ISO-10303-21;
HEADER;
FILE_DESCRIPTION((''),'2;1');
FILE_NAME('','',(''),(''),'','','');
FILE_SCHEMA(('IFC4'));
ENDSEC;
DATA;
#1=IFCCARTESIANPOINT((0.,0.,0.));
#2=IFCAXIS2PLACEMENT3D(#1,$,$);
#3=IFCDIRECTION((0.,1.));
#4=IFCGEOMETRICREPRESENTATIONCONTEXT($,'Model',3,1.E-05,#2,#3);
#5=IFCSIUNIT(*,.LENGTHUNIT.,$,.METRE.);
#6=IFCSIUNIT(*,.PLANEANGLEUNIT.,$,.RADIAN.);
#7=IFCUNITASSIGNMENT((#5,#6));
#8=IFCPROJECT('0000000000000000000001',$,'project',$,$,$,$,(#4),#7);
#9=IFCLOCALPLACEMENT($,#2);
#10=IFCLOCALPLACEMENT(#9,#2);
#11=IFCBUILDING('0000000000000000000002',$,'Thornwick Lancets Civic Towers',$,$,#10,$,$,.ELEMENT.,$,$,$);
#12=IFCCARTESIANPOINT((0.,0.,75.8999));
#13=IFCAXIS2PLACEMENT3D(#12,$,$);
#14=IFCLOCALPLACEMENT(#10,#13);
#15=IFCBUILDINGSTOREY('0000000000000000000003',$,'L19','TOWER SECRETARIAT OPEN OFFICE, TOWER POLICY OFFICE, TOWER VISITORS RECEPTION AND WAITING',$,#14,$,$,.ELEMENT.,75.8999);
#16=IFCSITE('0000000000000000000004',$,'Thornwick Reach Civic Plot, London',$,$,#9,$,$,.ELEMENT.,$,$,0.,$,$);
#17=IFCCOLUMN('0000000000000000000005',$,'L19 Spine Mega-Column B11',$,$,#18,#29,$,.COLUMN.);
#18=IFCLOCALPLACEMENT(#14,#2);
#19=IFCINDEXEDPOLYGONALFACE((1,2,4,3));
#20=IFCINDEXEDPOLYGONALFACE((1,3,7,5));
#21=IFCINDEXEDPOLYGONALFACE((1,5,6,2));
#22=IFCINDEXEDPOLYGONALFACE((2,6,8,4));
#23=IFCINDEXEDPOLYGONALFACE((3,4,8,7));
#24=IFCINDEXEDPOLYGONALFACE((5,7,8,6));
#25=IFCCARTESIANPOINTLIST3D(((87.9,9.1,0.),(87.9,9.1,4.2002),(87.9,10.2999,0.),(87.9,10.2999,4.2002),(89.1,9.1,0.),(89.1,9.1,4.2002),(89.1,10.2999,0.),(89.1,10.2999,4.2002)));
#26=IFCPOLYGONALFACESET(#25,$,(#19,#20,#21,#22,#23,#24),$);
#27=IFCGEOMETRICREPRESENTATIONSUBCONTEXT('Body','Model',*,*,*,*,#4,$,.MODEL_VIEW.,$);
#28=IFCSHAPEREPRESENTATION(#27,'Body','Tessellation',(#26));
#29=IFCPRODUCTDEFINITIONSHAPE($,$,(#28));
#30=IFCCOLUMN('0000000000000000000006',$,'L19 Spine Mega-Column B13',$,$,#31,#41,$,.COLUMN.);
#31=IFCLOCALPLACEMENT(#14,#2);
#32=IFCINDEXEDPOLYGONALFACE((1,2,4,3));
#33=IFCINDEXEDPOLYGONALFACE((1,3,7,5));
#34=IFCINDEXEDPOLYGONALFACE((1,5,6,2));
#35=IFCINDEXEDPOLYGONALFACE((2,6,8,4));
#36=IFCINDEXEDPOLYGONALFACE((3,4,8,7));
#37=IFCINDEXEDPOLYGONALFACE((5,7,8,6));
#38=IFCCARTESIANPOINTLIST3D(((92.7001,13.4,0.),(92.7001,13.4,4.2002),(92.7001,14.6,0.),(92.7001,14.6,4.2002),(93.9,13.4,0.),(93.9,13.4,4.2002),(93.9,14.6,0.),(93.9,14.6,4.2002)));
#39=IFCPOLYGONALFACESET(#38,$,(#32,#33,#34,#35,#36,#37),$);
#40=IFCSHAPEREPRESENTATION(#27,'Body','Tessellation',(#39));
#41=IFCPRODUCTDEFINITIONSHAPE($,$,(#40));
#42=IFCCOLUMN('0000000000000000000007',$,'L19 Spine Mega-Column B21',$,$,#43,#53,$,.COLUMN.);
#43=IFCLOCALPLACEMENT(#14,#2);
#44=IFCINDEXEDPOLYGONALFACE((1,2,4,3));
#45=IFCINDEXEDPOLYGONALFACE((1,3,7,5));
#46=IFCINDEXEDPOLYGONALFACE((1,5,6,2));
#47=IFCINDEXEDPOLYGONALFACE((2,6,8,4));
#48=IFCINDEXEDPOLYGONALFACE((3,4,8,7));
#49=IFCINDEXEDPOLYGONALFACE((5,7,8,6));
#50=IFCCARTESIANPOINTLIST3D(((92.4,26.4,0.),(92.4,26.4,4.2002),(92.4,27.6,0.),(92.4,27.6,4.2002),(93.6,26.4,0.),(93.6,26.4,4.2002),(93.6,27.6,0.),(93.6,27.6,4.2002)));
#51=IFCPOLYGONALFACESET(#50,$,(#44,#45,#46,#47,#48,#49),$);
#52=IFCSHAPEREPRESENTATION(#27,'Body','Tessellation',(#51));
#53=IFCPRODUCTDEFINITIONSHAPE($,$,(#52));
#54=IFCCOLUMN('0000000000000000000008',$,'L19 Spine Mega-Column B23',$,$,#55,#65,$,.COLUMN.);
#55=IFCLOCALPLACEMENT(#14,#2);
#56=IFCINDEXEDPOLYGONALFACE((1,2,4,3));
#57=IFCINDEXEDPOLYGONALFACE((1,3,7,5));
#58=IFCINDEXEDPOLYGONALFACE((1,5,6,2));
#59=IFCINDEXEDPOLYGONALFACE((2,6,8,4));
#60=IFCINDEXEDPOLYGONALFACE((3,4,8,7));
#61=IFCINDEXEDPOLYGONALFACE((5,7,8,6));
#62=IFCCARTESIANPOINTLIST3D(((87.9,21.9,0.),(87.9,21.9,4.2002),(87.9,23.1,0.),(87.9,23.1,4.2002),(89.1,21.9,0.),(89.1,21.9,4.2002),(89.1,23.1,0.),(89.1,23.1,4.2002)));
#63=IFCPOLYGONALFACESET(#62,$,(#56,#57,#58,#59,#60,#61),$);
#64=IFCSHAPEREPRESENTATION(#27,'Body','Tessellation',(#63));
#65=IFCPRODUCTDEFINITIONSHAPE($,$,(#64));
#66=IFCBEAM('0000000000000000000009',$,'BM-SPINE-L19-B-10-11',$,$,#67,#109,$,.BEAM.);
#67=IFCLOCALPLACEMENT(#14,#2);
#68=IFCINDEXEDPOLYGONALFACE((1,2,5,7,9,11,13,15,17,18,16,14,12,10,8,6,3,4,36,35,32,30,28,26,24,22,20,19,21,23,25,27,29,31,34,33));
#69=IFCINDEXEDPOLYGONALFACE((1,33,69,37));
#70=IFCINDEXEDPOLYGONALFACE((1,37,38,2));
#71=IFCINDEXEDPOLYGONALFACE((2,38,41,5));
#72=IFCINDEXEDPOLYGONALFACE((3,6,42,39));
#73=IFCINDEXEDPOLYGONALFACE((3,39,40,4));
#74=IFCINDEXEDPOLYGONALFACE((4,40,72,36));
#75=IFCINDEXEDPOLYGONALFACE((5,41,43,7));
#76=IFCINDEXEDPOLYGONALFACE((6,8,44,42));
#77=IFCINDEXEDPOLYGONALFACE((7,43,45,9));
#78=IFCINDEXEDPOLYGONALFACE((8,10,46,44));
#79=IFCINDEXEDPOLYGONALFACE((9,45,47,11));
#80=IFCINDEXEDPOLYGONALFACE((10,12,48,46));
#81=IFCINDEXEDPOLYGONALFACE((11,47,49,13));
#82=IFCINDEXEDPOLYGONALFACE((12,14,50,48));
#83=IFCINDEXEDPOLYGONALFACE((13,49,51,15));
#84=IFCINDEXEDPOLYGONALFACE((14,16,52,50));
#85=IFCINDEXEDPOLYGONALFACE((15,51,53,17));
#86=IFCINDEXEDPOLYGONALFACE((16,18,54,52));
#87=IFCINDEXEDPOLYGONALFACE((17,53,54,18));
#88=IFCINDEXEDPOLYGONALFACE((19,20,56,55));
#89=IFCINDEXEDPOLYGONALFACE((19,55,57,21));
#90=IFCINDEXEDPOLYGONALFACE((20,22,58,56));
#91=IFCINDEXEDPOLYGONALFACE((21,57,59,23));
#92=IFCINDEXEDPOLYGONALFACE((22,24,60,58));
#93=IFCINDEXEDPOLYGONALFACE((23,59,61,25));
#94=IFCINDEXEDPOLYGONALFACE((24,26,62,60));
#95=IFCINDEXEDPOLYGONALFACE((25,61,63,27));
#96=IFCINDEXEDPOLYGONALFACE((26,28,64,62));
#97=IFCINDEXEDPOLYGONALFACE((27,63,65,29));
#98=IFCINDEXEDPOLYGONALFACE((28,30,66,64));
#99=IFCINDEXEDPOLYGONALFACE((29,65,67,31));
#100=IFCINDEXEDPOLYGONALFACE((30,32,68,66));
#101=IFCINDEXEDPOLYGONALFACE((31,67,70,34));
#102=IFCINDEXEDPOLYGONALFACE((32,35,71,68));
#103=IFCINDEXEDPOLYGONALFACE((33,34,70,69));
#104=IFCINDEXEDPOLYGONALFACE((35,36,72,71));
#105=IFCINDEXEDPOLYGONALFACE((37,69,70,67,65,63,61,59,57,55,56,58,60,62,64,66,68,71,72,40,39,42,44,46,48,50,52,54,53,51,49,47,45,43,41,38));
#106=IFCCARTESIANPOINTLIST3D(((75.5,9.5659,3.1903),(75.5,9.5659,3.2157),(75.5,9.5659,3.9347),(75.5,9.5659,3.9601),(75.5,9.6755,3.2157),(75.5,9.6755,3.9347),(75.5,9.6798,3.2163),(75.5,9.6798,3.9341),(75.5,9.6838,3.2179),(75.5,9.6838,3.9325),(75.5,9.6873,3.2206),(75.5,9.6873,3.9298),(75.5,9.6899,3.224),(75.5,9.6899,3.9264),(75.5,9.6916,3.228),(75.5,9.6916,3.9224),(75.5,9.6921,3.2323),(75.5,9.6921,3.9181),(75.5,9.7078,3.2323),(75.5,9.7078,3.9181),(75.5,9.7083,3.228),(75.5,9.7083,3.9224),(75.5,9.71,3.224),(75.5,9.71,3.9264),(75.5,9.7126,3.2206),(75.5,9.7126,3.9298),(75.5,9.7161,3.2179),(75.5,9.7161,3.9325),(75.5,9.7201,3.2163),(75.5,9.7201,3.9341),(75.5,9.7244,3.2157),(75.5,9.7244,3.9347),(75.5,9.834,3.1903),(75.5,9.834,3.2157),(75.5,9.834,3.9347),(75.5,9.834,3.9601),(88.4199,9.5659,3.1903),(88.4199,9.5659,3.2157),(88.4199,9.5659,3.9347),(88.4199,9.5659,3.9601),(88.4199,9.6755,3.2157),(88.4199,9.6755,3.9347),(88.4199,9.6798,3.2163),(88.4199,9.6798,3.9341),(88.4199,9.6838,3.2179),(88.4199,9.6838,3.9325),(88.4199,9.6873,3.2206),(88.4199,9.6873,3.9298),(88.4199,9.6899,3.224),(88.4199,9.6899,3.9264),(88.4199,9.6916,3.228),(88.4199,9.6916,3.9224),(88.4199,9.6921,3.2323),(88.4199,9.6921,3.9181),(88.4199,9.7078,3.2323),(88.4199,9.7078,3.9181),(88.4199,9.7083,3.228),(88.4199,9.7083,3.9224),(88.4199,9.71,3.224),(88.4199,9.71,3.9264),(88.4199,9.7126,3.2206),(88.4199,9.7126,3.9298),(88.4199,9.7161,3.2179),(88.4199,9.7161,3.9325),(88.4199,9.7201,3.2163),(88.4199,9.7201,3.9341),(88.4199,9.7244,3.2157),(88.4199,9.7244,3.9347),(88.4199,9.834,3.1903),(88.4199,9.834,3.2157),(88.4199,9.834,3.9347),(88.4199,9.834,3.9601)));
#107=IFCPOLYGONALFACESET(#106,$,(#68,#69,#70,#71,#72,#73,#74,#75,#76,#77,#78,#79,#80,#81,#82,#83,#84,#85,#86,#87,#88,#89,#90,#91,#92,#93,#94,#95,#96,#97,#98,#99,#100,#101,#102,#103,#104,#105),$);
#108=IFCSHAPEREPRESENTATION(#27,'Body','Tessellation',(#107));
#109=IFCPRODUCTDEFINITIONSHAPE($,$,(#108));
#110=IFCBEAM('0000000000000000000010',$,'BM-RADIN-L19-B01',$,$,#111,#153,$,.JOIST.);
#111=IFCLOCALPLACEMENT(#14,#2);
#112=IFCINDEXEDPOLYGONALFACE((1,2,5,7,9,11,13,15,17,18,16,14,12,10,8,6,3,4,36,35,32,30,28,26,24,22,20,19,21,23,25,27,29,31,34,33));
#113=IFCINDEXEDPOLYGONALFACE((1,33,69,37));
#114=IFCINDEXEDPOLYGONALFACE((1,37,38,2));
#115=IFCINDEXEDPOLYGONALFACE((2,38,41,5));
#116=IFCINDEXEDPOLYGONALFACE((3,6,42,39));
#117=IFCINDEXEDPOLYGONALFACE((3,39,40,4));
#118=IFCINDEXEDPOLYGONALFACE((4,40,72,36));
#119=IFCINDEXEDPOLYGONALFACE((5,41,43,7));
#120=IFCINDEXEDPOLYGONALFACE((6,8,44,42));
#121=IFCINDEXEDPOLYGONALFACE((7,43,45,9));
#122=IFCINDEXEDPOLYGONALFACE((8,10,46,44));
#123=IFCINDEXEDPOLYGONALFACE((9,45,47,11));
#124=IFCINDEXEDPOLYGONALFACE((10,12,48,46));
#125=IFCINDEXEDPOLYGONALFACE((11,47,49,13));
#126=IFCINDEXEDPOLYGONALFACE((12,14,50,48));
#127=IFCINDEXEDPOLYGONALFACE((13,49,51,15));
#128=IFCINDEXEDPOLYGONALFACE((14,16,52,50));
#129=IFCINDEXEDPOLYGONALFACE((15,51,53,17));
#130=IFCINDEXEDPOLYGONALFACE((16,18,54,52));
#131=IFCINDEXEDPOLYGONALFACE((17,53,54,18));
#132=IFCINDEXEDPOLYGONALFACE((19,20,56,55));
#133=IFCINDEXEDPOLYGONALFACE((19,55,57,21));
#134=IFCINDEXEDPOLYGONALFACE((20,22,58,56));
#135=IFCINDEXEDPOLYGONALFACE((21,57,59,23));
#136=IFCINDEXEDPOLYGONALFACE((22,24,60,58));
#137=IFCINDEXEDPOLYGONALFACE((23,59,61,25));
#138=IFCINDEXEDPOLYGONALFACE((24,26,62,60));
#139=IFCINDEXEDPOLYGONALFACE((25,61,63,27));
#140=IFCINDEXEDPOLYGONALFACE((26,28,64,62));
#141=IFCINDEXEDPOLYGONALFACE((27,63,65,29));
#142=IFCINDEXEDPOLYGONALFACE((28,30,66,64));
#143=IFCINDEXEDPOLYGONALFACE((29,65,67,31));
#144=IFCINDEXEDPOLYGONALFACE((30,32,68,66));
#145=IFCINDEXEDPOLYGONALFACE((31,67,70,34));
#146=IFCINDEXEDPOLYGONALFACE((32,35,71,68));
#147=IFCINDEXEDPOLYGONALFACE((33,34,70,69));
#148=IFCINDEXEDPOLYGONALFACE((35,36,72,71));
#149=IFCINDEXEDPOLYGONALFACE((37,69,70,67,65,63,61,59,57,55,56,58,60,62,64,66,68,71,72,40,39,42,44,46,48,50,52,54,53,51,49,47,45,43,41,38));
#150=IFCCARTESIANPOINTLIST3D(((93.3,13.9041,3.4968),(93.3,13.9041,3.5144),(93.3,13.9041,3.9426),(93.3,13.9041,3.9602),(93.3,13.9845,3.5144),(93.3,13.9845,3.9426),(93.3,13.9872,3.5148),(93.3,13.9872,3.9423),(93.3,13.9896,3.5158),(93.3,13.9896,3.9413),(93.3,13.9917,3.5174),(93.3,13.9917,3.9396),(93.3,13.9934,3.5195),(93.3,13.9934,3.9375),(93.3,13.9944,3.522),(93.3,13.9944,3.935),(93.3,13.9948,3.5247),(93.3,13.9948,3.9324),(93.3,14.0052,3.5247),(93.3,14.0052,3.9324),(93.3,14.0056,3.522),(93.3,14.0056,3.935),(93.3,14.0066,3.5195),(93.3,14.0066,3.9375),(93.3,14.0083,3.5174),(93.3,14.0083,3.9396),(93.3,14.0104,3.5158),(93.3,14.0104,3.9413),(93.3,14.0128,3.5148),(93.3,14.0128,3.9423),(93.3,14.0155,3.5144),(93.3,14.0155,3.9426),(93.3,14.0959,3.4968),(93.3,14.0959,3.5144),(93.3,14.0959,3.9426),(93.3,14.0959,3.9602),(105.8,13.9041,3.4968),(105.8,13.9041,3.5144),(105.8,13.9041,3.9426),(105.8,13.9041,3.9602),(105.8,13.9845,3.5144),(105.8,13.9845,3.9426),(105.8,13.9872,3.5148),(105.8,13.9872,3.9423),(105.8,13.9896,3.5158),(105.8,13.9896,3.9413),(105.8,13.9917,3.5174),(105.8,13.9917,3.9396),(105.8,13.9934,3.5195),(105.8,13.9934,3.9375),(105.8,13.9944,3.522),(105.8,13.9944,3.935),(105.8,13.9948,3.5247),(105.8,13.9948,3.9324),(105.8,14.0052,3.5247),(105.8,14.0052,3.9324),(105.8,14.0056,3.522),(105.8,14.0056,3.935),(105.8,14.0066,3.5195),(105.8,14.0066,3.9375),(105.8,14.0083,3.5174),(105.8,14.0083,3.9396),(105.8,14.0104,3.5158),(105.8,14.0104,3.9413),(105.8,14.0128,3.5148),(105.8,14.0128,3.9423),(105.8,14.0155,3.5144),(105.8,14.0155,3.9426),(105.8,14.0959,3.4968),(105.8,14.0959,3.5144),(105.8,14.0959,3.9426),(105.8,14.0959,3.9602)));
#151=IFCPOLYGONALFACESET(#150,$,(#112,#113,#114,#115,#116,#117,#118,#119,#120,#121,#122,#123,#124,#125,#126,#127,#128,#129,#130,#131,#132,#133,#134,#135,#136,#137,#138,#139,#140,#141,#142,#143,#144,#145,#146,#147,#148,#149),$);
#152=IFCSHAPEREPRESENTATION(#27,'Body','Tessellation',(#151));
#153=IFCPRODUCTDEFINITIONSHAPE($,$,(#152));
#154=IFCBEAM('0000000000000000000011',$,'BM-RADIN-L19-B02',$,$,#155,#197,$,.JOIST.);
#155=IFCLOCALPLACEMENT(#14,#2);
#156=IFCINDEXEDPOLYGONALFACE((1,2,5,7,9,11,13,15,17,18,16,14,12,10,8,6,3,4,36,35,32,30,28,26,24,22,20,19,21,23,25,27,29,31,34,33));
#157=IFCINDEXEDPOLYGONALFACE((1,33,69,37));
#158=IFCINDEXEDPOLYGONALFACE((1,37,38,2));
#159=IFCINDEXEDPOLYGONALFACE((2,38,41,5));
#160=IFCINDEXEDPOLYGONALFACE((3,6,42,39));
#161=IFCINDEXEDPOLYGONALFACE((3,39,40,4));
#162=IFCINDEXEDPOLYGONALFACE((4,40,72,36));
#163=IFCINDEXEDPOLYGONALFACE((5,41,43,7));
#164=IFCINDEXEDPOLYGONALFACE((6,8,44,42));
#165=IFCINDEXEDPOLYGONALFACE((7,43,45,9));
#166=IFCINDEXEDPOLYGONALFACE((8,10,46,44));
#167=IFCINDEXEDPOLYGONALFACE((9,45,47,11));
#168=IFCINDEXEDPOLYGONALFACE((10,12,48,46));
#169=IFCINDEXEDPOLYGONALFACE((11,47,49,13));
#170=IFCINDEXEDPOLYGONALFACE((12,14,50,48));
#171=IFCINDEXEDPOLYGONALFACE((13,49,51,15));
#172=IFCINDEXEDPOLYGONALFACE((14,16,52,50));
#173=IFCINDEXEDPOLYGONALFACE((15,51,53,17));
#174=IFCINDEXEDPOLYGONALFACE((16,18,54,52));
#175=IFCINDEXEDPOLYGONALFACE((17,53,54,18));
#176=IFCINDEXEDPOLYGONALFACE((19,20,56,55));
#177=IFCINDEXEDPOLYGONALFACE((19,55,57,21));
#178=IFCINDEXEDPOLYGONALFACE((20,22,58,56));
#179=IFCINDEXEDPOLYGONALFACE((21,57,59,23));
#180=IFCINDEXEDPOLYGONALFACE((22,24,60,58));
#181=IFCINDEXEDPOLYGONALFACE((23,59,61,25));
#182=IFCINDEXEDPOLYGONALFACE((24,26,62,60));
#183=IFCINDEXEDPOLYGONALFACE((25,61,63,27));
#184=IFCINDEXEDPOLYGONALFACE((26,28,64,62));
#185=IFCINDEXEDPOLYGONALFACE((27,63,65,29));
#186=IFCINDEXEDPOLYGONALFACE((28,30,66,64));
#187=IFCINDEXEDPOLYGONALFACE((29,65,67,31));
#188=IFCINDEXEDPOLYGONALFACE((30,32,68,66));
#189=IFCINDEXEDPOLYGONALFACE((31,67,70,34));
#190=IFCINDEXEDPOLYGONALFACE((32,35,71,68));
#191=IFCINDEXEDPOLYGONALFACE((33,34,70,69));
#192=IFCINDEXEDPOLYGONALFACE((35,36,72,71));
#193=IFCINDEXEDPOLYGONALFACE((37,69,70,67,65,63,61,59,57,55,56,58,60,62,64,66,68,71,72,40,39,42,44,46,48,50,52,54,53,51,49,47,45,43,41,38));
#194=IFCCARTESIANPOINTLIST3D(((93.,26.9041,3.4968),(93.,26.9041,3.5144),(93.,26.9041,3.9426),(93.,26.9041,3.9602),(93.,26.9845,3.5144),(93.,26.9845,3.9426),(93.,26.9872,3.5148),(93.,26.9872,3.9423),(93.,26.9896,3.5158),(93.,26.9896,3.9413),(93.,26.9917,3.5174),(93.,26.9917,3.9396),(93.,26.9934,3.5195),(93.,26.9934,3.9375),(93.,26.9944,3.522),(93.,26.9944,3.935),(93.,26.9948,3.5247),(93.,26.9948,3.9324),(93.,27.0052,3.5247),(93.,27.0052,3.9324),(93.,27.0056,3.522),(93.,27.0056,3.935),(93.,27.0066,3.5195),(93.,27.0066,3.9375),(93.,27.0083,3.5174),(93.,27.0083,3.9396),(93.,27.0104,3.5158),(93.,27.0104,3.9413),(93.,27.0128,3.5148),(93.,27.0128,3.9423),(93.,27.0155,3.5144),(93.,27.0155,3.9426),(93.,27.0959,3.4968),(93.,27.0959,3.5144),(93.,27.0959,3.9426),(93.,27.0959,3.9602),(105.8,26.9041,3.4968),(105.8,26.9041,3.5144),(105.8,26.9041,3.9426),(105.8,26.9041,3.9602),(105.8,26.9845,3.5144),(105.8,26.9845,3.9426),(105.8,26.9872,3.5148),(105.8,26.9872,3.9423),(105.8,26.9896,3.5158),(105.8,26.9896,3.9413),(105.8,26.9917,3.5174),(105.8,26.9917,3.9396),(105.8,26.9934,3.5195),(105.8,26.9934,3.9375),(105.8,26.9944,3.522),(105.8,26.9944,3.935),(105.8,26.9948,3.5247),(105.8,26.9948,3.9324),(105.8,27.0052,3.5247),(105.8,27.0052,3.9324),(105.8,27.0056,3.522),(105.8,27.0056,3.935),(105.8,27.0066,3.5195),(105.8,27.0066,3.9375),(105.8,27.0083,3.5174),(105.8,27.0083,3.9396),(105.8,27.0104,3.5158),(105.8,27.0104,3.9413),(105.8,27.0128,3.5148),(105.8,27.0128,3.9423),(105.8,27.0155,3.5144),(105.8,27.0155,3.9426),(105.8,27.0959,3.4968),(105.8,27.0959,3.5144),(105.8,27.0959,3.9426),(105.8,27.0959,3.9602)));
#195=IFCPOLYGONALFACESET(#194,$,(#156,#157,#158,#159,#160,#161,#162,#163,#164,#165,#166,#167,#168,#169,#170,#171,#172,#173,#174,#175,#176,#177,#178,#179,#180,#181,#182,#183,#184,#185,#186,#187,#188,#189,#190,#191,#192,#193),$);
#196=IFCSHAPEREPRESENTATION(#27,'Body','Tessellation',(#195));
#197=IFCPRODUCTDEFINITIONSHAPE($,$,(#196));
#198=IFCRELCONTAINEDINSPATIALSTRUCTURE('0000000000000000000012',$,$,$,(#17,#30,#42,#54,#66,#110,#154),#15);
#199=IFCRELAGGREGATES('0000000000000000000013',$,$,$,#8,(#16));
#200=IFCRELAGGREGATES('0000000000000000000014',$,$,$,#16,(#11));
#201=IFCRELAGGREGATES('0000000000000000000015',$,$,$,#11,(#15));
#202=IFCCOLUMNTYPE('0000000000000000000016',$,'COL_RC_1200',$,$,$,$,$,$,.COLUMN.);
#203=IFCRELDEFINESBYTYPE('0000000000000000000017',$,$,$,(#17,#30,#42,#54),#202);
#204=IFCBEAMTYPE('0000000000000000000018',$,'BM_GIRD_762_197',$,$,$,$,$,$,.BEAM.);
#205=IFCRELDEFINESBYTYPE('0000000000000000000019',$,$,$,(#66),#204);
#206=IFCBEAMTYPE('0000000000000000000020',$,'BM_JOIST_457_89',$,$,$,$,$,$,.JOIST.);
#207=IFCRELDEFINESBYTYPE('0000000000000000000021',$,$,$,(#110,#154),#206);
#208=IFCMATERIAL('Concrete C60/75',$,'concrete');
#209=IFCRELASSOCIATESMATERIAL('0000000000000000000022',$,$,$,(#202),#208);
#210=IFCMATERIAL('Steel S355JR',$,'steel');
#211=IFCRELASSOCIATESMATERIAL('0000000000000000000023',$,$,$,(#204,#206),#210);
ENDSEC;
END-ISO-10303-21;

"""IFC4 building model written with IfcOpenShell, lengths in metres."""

from ifc_helpers import new_model, si_unit, direction, frame, origin, origin_2d, place, context, subcontext, project, spatial, rectangle, i_section, extrude, material, material_profile, profile_set, type_object, element, save


model = new_model("IFC4")

# Units and contexts
model_context = context("Model", 3, precision=1e-05, world=origin(), true_north=direction((0.0, 1.0)))
body_context = subcontext(model_context, "Body", "Model", "MODEL_VIEW")
ifc_project = project(units=[si_unit("LENGTHUNIT", "METRE"), si_unit("PLANEANGLEUNIT", "RADIAN")], contexts=[model_context])

# Site, building, storey
site_placement = place(None, origin())
site = spatial("IfcSite", under=ifc_project, at=site_placement, Name="Thornwick Reach Civic Plot, London", CompositionType="ELEMENT", RefElevation=0.0)
building_placement = place(site_placement, origin())
building = spatial("IfcBuilding", under=site, at=building_placement, Name="Thornwick Lancets Civic Towers", CompositionType="ELEMENT")
storey_placement = place(building_placement, frame((0.0, 0.0, 75.8999)))
storey = spatial("IfcBuildingStorey", under=building, at=storey_placement, Name="L19", Description="TOWER SECRETARIAT OPEN OFFICE, TOWER POLICY OFFICE, TOWER VISITORS RECEPTION AND WAITING", CompositionType="ELEMENT", Elevation=75.8999)

# Columns
ifc_material_1 = material(Name="Concrete C60/75", Category="concrete")
ifc_material_profile_1 = material_profile(ifc_material_1, rectangle(XDim=1.2, YDim=1.2, at=origin_2d()), Name="RC 1200x1200")
ifc_profile_set_1 = profile_set([ifc_material_profile_1], Name="Concrete C60/75")
column_type = type_object("IfcColumnType", Name="COL_RC_1200", PredefinedType="COLUMN", material=ifc_profile_set_1)
for number, where, z_axis, x_axis, name in (
    (1, (88.5, 9.7, 0.0), (0.0, 0.0, 1.0), (1.0, 0.0, 0.0), "L19 Spine Mega-Column B11"),
    (2, (93.3, 14.0, 0.0), (0.0, 0.0, 1.0), (1.0, 0.0, 0.0), "L19 Spine Mega-Column B13"),
    (3, (93.0, 27.0, 0.0), (0.0, 0.0, 1.0), (1.0, 0.0, 0.0), "L19 Spine Mega-Column B21"),
    (4, (88.5, 22.5, 0.0), (0.0, 0.0, 1.0), (1.0, 0.0, 0.0), "L19 Spine Mega-Column B23"),
):
    element("IfcColumn", number, at=place(storey_placement, frame(where, z_axis=z_axis, x_axis=x_axis)), inside=storey, type_object=column_type, Name=name, PredefinedType="COLUMN", context=body_context, shape_type="SweptSolid", body=[
        extrude(rectangle(XDim=1.2, YDim=1.2, at=origin_2d()), origin(), (0.0, 0.0, 1.0), 4.2002),
    ])

# Beams
ifc_material_2 = material(Name="Steel S355JR", Category="steel")
ifc_material_profile_2 = material_profile(ifc_material_2, i_section(OverallWidth=0.2681, OverallDepth=0.7698, WebThickness=0.0156, FlangeThickness=0.0254, FilletRadius=0.0166, at=origin_2d()), Name="UKB 762x267x197")
ifc_profile_set_2 = profile_set([ifc_material_profile_2], Name="Steel S355JR")
beam_type_1 = type_object("IfcBeamType", Name="BM_GIRD_762_197", PredefinedType="BEAM", material=ifc_profile_set_2)
beam_1_placement = place(storey_placement, frame((88.4199, 9.7, 3.5752), z_axis=(-1.0, 0.0, 0.0), x_axis=(0.0, -1.0, 0.0)))
element("IfcBeam", 5, at=beam_1_placement, inside=storey, type_object=beam_type_1, Name="BM-SPINE-L19-B-10-11", PredefinedType="BEAM", context=body_context, shape_type="SweptSolid", body=[
    extrude(i_section(OverallWidth=0.2681, OverallDepth=0.7698, WebThickness=0.0156, FlangeThickness=0.0254, FilletRadius=0.0166, at=origin_2d()), origin(), (0.0, 0.0, 1.0), 12.9199),
])
ifc_material_profile_3 = material_profile(ifc_material_2, i_section(OverallWidth=0.1919, OverallDepth=0.4634, WebThickness=0.0105, FlangeThickness=0.0176, FilletRadius=0.0103, at=origin_2d()), Name="UKB 457x191x89")
ifc_profile_set_3 = profile_set([ifc_material_profile_3], Name="Steel S355JR")
beam_type_2 = type_object("IfcBeamType", Name="BM_JOIST_457_89", PredefinedType="JOIST", material=ifc_profile_set_3)
beam_2_placement = place(storey_placement, frame((93.3, 14.0, 3.7285), z_axis=(1.0, 0.0, 0.0), x_axis=(0.0, 1.0, 0.0)))
element("IfcBeam", 6, at=beam_2_placement, inside=storey, type_object=beam_type_2, Name="BM-RADIN-L19-B01", PredefinedType="JOIST", context=body_context, shape_type="SweptSolid", body=[
    extrude(i_section(OverallWidth=0.1919, OverallDepth=0.4634, WebThickness=0.0105, FlangeThickness=0.0176, FilletRadius=0.0103, at=origin_2d()), origin(), (0.0, 0.0, 1.0), 12.5),
])
for number, where, z_axis, x_axis, name in (
    (7, (93.0, 27.0, 3.7285), (1.0, 0.0, 0.0), (0.0, 1.0, 0.0), "BM-RADIN-L19-B02"),
):
    element("IfcBeam", number, at=place(storey_placement, frame(where, z_axis=z_axis, x_axis=x_axis)), inside=storey, type_object=beam_type_2, Name=name, PredefinedType="JOIST", context=body_context, shape_type="SweptSolid", body=[
        extrude(i_section(OverallWidth=0.1919, OverallDepth=0.4634, WebThickness=0.0105, FlangeThickness=0.0176, FilletRadius=0.0103, at=origin_2d()), origin(), (0.0, 0.0, 1.0), 12.8),
    ])

save(model, "model.ifc")
